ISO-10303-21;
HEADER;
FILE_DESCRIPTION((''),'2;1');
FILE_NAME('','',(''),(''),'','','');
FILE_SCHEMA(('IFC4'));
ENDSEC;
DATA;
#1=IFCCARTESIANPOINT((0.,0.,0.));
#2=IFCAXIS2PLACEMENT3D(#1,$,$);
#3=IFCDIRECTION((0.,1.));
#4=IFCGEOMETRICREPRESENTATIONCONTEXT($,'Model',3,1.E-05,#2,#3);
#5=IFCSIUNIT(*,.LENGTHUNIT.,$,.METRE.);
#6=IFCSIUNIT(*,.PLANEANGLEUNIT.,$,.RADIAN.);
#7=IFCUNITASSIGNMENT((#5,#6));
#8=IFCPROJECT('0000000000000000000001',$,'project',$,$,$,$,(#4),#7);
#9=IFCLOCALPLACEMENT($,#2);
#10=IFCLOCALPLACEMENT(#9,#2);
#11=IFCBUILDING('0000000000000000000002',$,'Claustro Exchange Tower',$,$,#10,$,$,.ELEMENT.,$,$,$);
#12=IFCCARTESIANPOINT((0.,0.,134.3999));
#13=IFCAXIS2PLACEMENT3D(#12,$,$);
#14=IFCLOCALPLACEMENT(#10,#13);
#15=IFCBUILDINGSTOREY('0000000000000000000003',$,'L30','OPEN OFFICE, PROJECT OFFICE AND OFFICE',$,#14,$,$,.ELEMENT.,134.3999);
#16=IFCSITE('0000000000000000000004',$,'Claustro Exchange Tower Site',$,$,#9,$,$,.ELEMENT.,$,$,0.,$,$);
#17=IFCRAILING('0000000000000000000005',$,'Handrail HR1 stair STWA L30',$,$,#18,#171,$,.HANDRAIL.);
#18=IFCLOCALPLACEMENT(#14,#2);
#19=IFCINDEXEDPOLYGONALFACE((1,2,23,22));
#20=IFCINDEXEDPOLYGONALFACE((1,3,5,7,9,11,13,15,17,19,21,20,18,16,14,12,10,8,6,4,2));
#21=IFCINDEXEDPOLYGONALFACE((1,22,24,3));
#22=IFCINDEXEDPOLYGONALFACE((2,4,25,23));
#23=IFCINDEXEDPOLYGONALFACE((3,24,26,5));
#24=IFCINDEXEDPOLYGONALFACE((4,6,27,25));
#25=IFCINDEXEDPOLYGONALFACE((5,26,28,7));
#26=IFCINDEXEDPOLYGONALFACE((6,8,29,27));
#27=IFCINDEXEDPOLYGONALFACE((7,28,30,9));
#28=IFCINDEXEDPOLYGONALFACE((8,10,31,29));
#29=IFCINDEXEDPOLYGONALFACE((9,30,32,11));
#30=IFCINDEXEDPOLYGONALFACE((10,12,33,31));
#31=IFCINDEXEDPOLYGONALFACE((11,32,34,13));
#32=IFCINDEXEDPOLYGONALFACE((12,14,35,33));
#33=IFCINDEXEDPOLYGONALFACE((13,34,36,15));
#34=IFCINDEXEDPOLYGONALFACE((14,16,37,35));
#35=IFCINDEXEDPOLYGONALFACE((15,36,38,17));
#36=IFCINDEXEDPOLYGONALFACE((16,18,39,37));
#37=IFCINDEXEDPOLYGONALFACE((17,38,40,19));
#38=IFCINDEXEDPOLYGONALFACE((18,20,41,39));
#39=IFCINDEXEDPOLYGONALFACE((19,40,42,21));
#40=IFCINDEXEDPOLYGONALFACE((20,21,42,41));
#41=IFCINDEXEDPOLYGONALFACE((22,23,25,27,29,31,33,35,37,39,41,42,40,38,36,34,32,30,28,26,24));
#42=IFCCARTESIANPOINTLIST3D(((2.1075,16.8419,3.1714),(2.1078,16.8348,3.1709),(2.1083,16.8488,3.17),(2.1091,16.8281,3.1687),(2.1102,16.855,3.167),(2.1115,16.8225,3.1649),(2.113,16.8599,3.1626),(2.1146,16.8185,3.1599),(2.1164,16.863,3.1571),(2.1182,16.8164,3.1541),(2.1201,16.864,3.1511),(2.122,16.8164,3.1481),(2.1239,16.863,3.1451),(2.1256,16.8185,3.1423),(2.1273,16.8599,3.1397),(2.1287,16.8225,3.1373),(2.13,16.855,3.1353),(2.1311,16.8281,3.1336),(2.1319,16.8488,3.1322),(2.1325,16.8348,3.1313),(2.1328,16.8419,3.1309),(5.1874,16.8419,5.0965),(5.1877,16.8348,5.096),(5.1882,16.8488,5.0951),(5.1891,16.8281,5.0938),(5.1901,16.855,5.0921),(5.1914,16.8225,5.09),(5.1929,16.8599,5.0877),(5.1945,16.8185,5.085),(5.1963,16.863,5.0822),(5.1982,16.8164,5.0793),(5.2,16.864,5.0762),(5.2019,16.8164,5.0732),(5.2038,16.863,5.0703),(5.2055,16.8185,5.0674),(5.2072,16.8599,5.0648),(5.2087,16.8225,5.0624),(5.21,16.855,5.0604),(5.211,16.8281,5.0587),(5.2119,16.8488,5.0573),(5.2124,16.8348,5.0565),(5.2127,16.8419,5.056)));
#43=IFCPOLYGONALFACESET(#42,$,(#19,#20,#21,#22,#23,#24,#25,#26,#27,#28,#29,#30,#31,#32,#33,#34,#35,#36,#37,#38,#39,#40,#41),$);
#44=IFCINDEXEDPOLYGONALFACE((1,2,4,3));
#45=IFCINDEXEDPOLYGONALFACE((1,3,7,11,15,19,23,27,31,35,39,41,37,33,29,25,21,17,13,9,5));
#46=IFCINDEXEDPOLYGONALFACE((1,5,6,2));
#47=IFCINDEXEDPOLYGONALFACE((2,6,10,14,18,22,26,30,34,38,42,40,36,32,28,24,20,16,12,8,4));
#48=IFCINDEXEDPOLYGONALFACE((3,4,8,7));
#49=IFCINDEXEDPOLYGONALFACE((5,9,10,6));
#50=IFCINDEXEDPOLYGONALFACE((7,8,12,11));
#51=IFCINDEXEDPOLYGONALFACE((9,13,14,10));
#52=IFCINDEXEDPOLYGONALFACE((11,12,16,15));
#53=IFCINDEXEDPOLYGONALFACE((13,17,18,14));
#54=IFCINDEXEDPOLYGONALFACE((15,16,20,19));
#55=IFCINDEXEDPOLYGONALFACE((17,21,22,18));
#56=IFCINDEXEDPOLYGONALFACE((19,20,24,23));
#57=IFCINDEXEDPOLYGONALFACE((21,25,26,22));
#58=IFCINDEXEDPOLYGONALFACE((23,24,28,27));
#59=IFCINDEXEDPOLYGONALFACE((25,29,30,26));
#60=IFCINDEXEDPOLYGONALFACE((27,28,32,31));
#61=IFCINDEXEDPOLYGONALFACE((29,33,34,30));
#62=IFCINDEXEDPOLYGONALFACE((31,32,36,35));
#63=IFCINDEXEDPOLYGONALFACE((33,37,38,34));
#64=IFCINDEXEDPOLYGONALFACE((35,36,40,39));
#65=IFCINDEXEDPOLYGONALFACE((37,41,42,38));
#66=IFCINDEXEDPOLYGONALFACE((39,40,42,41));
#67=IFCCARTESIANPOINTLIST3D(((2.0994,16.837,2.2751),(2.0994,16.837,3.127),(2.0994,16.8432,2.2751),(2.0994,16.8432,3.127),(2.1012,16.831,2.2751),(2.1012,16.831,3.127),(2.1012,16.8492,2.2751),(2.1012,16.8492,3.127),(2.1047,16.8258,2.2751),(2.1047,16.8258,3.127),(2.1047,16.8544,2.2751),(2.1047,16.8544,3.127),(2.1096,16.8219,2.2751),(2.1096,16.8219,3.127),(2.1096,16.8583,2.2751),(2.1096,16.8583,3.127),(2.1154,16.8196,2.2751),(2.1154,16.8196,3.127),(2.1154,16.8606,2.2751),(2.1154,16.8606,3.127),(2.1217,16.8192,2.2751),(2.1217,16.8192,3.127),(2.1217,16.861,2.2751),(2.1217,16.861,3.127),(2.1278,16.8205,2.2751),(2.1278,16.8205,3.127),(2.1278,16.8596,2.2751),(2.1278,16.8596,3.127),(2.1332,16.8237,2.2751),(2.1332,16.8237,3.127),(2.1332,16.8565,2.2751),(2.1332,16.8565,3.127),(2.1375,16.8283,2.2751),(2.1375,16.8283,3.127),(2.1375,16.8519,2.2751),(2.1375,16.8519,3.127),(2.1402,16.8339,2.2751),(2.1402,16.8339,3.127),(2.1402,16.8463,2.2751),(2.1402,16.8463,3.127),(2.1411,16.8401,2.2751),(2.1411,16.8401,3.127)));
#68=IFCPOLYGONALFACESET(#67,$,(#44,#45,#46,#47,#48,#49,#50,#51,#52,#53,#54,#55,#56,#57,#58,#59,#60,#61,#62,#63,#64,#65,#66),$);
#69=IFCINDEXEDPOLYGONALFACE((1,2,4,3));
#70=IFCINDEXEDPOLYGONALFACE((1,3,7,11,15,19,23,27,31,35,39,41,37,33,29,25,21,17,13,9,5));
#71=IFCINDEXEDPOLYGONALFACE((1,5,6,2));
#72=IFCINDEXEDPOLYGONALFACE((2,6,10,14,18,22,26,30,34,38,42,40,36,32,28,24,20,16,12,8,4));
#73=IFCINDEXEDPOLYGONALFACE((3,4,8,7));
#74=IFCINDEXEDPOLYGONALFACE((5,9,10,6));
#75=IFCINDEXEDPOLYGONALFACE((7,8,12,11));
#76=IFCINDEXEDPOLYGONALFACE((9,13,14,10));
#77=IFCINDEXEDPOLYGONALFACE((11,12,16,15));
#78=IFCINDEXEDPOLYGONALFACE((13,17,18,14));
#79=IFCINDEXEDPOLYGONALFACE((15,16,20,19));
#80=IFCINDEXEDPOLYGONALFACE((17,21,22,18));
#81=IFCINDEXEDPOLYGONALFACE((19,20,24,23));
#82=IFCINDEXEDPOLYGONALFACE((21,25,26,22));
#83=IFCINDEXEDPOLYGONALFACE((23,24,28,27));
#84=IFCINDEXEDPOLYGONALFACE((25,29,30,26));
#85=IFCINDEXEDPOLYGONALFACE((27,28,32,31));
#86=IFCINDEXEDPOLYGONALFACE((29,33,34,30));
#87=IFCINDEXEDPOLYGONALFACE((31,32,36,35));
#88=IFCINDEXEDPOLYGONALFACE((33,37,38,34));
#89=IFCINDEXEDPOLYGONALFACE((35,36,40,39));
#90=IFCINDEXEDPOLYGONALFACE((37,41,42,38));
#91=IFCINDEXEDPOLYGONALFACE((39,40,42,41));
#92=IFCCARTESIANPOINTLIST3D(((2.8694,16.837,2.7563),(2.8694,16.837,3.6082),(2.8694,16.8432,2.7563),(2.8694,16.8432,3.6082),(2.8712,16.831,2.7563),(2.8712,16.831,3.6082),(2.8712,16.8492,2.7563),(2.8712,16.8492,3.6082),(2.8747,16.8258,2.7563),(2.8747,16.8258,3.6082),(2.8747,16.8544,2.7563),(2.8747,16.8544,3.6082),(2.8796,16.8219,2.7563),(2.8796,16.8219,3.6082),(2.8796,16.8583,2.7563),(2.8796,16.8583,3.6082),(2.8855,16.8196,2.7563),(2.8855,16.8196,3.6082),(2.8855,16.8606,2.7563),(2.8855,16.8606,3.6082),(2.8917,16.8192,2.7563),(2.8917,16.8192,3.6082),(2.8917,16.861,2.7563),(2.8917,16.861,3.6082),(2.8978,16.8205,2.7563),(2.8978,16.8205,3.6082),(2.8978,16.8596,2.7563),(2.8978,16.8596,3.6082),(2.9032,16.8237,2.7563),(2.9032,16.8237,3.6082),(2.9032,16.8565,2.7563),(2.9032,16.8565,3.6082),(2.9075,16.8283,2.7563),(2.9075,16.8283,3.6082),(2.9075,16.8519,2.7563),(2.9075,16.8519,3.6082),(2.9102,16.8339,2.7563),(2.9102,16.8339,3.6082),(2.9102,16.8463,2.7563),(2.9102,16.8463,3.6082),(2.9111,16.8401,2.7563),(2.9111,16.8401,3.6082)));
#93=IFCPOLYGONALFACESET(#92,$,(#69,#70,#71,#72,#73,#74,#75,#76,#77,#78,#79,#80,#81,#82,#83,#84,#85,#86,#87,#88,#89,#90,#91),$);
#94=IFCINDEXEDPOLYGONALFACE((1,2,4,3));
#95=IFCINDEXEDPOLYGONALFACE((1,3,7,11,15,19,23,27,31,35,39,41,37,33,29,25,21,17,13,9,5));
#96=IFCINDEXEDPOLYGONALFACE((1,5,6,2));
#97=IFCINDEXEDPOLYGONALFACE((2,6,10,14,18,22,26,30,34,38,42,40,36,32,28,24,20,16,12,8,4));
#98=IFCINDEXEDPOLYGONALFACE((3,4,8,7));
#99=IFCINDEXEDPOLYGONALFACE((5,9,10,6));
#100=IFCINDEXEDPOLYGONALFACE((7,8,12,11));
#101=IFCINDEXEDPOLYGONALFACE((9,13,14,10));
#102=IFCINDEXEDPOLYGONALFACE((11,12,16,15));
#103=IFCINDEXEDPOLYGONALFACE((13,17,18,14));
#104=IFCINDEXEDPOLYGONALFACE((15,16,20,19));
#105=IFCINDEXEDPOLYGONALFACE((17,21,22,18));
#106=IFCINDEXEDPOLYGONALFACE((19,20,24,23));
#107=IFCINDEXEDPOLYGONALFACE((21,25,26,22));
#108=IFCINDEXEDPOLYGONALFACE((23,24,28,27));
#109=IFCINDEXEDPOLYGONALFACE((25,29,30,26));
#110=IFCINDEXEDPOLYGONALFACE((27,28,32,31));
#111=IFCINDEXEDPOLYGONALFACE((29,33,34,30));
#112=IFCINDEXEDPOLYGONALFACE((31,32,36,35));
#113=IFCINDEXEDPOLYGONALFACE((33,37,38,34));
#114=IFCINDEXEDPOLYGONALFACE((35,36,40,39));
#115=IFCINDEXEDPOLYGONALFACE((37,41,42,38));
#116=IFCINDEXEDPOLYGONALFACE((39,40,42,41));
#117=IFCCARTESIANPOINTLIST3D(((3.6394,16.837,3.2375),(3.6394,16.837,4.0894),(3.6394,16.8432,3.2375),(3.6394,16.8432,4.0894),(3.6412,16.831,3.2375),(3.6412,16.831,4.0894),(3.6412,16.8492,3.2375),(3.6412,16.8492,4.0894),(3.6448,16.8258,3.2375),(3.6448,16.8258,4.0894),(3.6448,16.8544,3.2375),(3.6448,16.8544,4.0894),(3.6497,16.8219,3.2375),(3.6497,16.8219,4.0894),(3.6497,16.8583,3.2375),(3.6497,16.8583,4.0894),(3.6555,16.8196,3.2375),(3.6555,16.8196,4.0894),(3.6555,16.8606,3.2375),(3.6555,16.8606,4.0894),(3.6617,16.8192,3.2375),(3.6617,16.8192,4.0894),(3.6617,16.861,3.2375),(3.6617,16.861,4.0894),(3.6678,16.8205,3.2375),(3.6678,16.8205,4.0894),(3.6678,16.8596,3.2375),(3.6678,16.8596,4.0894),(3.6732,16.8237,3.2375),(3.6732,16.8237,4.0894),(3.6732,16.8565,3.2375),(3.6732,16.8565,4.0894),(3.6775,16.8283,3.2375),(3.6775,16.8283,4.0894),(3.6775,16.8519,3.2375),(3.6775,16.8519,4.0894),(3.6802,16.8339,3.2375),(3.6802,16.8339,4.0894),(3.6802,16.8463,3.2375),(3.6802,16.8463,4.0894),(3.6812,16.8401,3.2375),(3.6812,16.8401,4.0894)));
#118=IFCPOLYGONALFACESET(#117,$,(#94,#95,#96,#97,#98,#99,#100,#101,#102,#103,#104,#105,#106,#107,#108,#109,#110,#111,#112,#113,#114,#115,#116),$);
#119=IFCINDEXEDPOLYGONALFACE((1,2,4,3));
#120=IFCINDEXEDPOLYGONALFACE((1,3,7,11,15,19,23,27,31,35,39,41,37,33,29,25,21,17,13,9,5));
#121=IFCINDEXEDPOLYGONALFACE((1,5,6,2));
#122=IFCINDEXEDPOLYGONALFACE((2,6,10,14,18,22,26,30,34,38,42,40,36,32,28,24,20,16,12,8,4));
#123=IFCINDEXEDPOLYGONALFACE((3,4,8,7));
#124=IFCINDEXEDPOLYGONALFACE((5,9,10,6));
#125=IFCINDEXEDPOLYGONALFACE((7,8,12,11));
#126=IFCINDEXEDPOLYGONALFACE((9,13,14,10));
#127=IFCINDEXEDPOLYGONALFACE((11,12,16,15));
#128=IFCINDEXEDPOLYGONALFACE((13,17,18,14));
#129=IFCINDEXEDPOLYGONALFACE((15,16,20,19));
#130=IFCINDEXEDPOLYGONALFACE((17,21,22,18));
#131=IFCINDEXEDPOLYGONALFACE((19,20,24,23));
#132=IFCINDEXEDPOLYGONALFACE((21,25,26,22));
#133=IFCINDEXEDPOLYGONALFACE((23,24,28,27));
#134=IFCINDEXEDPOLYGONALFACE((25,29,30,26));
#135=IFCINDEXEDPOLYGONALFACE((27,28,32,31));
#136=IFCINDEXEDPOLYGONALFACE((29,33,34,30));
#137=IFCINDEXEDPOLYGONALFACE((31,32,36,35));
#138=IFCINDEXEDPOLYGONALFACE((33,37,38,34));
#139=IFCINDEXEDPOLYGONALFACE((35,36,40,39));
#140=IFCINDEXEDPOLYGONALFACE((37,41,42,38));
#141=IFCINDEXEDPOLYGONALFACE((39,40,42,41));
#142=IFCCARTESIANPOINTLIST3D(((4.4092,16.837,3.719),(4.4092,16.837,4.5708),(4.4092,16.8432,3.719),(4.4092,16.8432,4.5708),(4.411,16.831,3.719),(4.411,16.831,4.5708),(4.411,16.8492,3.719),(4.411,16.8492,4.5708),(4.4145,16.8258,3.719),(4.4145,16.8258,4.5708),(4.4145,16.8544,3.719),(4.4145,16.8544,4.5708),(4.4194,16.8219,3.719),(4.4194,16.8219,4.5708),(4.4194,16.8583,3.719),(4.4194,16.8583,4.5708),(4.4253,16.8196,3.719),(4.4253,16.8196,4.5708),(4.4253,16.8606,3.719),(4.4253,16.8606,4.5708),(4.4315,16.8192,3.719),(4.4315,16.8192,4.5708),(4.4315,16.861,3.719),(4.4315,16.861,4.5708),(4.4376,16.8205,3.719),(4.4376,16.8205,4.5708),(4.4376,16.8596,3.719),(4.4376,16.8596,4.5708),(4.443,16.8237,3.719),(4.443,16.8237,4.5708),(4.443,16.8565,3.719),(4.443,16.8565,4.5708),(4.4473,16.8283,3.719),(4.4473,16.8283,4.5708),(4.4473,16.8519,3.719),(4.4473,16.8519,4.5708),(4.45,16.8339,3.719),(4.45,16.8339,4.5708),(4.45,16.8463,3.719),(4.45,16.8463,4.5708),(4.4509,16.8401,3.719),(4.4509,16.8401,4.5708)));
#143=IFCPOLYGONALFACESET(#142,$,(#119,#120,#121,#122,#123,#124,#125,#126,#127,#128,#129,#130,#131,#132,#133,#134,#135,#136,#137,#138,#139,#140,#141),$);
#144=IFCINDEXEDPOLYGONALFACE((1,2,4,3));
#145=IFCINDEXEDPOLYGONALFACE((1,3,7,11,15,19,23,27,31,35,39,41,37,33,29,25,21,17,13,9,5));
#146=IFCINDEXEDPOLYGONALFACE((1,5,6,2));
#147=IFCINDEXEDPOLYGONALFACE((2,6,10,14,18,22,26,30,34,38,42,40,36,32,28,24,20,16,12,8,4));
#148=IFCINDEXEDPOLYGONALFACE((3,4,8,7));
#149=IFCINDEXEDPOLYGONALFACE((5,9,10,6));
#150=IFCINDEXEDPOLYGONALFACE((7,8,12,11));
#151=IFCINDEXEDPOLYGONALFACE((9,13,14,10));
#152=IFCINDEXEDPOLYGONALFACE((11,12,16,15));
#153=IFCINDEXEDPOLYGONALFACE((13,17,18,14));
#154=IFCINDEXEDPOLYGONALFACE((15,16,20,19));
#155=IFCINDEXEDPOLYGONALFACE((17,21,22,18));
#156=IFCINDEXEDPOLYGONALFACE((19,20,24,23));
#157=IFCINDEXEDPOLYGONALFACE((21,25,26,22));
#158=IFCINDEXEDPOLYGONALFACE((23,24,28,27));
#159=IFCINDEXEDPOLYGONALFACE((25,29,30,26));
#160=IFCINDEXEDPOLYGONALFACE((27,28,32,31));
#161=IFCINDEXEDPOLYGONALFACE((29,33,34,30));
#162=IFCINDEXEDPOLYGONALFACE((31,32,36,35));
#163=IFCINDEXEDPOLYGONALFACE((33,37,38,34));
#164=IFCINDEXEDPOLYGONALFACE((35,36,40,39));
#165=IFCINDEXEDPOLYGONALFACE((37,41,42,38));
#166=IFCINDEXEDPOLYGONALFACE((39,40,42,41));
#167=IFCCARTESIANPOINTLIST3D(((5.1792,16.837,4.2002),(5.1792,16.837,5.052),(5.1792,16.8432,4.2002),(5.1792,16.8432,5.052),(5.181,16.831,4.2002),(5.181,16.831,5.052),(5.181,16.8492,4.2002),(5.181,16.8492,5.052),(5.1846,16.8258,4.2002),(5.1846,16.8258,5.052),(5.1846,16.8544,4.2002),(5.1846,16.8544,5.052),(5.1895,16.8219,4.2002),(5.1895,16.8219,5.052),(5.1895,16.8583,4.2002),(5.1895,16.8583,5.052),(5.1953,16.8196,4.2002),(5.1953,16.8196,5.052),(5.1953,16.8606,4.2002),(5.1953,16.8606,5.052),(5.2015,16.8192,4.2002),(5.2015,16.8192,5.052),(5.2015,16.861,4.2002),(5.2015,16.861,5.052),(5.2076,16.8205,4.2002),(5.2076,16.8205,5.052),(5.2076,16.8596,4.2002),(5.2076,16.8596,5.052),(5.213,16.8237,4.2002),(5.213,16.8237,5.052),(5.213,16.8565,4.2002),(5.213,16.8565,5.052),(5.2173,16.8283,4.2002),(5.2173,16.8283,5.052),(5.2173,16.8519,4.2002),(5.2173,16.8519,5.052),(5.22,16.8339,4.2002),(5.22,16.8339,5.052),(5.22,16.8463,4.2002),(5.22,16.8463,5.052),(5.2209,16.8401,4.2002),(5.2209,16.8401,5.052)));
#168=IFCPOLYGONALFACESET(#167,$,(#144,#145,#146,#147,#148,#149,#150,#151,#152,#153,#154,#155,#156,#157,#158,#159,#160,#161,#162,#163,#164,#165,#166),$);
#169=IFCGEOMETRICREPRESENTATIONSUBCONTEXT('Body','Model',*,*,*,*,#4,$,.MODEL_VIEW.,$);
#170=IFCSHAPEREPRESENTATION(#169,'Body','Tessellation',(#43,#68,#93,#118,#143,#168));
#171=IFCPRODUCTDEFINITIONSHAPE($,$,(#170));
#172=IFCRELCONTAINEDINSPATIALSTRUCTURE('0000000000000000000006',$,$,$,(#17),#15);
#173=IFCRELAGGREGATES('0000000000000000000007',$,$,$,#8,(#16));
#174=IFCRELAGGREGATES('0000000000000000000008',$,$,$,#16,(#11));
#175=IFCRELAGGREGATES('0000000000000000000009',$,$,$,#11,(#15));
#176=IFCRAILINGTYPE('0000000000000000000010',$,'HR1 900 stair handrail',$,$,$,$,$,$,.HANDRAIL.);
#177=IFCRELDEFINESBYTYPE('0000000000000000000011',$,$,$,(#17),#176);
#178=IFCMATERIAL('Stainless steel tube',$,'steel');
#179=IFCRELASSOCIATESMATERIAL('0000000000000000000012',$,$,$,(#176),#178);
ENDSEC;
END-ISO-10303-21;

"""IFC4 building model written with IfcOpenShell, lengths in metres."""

from ifc_helpers import new_model, si_unit, direction, frame, origin, origin_2d, place, context, subcontext, project, spatial, circle, extrude, material, type_object, element, save


model = new_model("IFC4")

# Units and contexts
model_context = context("Model", 3, precision=1e-05, world=origin(), true_north=direction((0.0, 1.0)))
body_context = subcontext(model_context, "Body", "Model", "MODEL_VIEW")
ifc_project = project(units=[si_unit("LENGTHUNIT", "METRE"), si_unit("PLANEANGLEUNIT", "RADIAN")], contexts=[model_context])

# Site, building, storey
site_placement = place(None, origin())
site = spatial("IfcSite", under=ifc_project, at=site_placement, Name="Claustro Exchange Tower Site", CompositionType="ELEMENT", RefElevation=0.0)
building_placement = place(site_placement, origin())
building = spatial("IfcBuilding", under=site, at=building_placement, Name="Claustro Exchange Tower", CompositionType="ELEMENT")
storey_placement = place(building_placement, frame((0.0, 0.0, 134.3999)))
storey = spatial("IfcBuildingStorey", under=building, at=storey_placement, Name="L30", Description="OPEN OFFICE, PROJECT OFFICE AND OFFICE", CompositionType="ELEMENT", Elevation=134.3999)

# Railing
ifc_material_1 = material(Name="Stainless steel tube", Category="steel")
railing_type_1 = type_object("IfcRailingType", Name="HR1 900 stair handrail", PredefinedType="HANDRAIL", material=ifc_material_1)
railing_1_placement = place(storey_placement, frame((2.1201, 16.8401, 2.2751)))
element("IfcRailing", 1, at=railing_1_placement, inside=storey, type_object=railing_type_1, Name="Handrail HR1 stair STWA L30", PredefinedType="HANDRAIL", context=body_context, shape_type="SweptSolid", body=[
    extrude(circle(Radius=0.0239, at=origin_2d()), frame((0.0, 0.0, 0.876), z_axis=(0.847979, 0.0, 0.530029), x_axis=(0.0, 1.0, 0.0)), (0.0, 0.0, 1.0), 3.6321),
    extrude(circle(Radius=0.021, at=origin_2d()), origin(), (0.0, 0.0, 1.0), 0.8518),
    extrude(circle(Radius=0.021, at=origin_2d()), frame((0.77, 0.0, 0.4812)), (0.0, 0.0, 1.0), 0.8518),
    extrude(circle(Radius=0.021, at=origin_2d()), frame((1.54, 0.0, 0.9624)), (0.0, 0.0, 1.0), 0.8518),
    extrude(circle(Radius=0.021, at=origin_2d()), frame((2.3098, 0.0, 1.4438)), (0.0, 0.0, 1.0), 0.8518),
    extrude(circle(Radius=0.021, at=origin_2d()), frame((3.0798, 0.0, 1.925)), (0.0, 0.0, 1.0), 0.8518),
])

save(model, "model.ifc")
